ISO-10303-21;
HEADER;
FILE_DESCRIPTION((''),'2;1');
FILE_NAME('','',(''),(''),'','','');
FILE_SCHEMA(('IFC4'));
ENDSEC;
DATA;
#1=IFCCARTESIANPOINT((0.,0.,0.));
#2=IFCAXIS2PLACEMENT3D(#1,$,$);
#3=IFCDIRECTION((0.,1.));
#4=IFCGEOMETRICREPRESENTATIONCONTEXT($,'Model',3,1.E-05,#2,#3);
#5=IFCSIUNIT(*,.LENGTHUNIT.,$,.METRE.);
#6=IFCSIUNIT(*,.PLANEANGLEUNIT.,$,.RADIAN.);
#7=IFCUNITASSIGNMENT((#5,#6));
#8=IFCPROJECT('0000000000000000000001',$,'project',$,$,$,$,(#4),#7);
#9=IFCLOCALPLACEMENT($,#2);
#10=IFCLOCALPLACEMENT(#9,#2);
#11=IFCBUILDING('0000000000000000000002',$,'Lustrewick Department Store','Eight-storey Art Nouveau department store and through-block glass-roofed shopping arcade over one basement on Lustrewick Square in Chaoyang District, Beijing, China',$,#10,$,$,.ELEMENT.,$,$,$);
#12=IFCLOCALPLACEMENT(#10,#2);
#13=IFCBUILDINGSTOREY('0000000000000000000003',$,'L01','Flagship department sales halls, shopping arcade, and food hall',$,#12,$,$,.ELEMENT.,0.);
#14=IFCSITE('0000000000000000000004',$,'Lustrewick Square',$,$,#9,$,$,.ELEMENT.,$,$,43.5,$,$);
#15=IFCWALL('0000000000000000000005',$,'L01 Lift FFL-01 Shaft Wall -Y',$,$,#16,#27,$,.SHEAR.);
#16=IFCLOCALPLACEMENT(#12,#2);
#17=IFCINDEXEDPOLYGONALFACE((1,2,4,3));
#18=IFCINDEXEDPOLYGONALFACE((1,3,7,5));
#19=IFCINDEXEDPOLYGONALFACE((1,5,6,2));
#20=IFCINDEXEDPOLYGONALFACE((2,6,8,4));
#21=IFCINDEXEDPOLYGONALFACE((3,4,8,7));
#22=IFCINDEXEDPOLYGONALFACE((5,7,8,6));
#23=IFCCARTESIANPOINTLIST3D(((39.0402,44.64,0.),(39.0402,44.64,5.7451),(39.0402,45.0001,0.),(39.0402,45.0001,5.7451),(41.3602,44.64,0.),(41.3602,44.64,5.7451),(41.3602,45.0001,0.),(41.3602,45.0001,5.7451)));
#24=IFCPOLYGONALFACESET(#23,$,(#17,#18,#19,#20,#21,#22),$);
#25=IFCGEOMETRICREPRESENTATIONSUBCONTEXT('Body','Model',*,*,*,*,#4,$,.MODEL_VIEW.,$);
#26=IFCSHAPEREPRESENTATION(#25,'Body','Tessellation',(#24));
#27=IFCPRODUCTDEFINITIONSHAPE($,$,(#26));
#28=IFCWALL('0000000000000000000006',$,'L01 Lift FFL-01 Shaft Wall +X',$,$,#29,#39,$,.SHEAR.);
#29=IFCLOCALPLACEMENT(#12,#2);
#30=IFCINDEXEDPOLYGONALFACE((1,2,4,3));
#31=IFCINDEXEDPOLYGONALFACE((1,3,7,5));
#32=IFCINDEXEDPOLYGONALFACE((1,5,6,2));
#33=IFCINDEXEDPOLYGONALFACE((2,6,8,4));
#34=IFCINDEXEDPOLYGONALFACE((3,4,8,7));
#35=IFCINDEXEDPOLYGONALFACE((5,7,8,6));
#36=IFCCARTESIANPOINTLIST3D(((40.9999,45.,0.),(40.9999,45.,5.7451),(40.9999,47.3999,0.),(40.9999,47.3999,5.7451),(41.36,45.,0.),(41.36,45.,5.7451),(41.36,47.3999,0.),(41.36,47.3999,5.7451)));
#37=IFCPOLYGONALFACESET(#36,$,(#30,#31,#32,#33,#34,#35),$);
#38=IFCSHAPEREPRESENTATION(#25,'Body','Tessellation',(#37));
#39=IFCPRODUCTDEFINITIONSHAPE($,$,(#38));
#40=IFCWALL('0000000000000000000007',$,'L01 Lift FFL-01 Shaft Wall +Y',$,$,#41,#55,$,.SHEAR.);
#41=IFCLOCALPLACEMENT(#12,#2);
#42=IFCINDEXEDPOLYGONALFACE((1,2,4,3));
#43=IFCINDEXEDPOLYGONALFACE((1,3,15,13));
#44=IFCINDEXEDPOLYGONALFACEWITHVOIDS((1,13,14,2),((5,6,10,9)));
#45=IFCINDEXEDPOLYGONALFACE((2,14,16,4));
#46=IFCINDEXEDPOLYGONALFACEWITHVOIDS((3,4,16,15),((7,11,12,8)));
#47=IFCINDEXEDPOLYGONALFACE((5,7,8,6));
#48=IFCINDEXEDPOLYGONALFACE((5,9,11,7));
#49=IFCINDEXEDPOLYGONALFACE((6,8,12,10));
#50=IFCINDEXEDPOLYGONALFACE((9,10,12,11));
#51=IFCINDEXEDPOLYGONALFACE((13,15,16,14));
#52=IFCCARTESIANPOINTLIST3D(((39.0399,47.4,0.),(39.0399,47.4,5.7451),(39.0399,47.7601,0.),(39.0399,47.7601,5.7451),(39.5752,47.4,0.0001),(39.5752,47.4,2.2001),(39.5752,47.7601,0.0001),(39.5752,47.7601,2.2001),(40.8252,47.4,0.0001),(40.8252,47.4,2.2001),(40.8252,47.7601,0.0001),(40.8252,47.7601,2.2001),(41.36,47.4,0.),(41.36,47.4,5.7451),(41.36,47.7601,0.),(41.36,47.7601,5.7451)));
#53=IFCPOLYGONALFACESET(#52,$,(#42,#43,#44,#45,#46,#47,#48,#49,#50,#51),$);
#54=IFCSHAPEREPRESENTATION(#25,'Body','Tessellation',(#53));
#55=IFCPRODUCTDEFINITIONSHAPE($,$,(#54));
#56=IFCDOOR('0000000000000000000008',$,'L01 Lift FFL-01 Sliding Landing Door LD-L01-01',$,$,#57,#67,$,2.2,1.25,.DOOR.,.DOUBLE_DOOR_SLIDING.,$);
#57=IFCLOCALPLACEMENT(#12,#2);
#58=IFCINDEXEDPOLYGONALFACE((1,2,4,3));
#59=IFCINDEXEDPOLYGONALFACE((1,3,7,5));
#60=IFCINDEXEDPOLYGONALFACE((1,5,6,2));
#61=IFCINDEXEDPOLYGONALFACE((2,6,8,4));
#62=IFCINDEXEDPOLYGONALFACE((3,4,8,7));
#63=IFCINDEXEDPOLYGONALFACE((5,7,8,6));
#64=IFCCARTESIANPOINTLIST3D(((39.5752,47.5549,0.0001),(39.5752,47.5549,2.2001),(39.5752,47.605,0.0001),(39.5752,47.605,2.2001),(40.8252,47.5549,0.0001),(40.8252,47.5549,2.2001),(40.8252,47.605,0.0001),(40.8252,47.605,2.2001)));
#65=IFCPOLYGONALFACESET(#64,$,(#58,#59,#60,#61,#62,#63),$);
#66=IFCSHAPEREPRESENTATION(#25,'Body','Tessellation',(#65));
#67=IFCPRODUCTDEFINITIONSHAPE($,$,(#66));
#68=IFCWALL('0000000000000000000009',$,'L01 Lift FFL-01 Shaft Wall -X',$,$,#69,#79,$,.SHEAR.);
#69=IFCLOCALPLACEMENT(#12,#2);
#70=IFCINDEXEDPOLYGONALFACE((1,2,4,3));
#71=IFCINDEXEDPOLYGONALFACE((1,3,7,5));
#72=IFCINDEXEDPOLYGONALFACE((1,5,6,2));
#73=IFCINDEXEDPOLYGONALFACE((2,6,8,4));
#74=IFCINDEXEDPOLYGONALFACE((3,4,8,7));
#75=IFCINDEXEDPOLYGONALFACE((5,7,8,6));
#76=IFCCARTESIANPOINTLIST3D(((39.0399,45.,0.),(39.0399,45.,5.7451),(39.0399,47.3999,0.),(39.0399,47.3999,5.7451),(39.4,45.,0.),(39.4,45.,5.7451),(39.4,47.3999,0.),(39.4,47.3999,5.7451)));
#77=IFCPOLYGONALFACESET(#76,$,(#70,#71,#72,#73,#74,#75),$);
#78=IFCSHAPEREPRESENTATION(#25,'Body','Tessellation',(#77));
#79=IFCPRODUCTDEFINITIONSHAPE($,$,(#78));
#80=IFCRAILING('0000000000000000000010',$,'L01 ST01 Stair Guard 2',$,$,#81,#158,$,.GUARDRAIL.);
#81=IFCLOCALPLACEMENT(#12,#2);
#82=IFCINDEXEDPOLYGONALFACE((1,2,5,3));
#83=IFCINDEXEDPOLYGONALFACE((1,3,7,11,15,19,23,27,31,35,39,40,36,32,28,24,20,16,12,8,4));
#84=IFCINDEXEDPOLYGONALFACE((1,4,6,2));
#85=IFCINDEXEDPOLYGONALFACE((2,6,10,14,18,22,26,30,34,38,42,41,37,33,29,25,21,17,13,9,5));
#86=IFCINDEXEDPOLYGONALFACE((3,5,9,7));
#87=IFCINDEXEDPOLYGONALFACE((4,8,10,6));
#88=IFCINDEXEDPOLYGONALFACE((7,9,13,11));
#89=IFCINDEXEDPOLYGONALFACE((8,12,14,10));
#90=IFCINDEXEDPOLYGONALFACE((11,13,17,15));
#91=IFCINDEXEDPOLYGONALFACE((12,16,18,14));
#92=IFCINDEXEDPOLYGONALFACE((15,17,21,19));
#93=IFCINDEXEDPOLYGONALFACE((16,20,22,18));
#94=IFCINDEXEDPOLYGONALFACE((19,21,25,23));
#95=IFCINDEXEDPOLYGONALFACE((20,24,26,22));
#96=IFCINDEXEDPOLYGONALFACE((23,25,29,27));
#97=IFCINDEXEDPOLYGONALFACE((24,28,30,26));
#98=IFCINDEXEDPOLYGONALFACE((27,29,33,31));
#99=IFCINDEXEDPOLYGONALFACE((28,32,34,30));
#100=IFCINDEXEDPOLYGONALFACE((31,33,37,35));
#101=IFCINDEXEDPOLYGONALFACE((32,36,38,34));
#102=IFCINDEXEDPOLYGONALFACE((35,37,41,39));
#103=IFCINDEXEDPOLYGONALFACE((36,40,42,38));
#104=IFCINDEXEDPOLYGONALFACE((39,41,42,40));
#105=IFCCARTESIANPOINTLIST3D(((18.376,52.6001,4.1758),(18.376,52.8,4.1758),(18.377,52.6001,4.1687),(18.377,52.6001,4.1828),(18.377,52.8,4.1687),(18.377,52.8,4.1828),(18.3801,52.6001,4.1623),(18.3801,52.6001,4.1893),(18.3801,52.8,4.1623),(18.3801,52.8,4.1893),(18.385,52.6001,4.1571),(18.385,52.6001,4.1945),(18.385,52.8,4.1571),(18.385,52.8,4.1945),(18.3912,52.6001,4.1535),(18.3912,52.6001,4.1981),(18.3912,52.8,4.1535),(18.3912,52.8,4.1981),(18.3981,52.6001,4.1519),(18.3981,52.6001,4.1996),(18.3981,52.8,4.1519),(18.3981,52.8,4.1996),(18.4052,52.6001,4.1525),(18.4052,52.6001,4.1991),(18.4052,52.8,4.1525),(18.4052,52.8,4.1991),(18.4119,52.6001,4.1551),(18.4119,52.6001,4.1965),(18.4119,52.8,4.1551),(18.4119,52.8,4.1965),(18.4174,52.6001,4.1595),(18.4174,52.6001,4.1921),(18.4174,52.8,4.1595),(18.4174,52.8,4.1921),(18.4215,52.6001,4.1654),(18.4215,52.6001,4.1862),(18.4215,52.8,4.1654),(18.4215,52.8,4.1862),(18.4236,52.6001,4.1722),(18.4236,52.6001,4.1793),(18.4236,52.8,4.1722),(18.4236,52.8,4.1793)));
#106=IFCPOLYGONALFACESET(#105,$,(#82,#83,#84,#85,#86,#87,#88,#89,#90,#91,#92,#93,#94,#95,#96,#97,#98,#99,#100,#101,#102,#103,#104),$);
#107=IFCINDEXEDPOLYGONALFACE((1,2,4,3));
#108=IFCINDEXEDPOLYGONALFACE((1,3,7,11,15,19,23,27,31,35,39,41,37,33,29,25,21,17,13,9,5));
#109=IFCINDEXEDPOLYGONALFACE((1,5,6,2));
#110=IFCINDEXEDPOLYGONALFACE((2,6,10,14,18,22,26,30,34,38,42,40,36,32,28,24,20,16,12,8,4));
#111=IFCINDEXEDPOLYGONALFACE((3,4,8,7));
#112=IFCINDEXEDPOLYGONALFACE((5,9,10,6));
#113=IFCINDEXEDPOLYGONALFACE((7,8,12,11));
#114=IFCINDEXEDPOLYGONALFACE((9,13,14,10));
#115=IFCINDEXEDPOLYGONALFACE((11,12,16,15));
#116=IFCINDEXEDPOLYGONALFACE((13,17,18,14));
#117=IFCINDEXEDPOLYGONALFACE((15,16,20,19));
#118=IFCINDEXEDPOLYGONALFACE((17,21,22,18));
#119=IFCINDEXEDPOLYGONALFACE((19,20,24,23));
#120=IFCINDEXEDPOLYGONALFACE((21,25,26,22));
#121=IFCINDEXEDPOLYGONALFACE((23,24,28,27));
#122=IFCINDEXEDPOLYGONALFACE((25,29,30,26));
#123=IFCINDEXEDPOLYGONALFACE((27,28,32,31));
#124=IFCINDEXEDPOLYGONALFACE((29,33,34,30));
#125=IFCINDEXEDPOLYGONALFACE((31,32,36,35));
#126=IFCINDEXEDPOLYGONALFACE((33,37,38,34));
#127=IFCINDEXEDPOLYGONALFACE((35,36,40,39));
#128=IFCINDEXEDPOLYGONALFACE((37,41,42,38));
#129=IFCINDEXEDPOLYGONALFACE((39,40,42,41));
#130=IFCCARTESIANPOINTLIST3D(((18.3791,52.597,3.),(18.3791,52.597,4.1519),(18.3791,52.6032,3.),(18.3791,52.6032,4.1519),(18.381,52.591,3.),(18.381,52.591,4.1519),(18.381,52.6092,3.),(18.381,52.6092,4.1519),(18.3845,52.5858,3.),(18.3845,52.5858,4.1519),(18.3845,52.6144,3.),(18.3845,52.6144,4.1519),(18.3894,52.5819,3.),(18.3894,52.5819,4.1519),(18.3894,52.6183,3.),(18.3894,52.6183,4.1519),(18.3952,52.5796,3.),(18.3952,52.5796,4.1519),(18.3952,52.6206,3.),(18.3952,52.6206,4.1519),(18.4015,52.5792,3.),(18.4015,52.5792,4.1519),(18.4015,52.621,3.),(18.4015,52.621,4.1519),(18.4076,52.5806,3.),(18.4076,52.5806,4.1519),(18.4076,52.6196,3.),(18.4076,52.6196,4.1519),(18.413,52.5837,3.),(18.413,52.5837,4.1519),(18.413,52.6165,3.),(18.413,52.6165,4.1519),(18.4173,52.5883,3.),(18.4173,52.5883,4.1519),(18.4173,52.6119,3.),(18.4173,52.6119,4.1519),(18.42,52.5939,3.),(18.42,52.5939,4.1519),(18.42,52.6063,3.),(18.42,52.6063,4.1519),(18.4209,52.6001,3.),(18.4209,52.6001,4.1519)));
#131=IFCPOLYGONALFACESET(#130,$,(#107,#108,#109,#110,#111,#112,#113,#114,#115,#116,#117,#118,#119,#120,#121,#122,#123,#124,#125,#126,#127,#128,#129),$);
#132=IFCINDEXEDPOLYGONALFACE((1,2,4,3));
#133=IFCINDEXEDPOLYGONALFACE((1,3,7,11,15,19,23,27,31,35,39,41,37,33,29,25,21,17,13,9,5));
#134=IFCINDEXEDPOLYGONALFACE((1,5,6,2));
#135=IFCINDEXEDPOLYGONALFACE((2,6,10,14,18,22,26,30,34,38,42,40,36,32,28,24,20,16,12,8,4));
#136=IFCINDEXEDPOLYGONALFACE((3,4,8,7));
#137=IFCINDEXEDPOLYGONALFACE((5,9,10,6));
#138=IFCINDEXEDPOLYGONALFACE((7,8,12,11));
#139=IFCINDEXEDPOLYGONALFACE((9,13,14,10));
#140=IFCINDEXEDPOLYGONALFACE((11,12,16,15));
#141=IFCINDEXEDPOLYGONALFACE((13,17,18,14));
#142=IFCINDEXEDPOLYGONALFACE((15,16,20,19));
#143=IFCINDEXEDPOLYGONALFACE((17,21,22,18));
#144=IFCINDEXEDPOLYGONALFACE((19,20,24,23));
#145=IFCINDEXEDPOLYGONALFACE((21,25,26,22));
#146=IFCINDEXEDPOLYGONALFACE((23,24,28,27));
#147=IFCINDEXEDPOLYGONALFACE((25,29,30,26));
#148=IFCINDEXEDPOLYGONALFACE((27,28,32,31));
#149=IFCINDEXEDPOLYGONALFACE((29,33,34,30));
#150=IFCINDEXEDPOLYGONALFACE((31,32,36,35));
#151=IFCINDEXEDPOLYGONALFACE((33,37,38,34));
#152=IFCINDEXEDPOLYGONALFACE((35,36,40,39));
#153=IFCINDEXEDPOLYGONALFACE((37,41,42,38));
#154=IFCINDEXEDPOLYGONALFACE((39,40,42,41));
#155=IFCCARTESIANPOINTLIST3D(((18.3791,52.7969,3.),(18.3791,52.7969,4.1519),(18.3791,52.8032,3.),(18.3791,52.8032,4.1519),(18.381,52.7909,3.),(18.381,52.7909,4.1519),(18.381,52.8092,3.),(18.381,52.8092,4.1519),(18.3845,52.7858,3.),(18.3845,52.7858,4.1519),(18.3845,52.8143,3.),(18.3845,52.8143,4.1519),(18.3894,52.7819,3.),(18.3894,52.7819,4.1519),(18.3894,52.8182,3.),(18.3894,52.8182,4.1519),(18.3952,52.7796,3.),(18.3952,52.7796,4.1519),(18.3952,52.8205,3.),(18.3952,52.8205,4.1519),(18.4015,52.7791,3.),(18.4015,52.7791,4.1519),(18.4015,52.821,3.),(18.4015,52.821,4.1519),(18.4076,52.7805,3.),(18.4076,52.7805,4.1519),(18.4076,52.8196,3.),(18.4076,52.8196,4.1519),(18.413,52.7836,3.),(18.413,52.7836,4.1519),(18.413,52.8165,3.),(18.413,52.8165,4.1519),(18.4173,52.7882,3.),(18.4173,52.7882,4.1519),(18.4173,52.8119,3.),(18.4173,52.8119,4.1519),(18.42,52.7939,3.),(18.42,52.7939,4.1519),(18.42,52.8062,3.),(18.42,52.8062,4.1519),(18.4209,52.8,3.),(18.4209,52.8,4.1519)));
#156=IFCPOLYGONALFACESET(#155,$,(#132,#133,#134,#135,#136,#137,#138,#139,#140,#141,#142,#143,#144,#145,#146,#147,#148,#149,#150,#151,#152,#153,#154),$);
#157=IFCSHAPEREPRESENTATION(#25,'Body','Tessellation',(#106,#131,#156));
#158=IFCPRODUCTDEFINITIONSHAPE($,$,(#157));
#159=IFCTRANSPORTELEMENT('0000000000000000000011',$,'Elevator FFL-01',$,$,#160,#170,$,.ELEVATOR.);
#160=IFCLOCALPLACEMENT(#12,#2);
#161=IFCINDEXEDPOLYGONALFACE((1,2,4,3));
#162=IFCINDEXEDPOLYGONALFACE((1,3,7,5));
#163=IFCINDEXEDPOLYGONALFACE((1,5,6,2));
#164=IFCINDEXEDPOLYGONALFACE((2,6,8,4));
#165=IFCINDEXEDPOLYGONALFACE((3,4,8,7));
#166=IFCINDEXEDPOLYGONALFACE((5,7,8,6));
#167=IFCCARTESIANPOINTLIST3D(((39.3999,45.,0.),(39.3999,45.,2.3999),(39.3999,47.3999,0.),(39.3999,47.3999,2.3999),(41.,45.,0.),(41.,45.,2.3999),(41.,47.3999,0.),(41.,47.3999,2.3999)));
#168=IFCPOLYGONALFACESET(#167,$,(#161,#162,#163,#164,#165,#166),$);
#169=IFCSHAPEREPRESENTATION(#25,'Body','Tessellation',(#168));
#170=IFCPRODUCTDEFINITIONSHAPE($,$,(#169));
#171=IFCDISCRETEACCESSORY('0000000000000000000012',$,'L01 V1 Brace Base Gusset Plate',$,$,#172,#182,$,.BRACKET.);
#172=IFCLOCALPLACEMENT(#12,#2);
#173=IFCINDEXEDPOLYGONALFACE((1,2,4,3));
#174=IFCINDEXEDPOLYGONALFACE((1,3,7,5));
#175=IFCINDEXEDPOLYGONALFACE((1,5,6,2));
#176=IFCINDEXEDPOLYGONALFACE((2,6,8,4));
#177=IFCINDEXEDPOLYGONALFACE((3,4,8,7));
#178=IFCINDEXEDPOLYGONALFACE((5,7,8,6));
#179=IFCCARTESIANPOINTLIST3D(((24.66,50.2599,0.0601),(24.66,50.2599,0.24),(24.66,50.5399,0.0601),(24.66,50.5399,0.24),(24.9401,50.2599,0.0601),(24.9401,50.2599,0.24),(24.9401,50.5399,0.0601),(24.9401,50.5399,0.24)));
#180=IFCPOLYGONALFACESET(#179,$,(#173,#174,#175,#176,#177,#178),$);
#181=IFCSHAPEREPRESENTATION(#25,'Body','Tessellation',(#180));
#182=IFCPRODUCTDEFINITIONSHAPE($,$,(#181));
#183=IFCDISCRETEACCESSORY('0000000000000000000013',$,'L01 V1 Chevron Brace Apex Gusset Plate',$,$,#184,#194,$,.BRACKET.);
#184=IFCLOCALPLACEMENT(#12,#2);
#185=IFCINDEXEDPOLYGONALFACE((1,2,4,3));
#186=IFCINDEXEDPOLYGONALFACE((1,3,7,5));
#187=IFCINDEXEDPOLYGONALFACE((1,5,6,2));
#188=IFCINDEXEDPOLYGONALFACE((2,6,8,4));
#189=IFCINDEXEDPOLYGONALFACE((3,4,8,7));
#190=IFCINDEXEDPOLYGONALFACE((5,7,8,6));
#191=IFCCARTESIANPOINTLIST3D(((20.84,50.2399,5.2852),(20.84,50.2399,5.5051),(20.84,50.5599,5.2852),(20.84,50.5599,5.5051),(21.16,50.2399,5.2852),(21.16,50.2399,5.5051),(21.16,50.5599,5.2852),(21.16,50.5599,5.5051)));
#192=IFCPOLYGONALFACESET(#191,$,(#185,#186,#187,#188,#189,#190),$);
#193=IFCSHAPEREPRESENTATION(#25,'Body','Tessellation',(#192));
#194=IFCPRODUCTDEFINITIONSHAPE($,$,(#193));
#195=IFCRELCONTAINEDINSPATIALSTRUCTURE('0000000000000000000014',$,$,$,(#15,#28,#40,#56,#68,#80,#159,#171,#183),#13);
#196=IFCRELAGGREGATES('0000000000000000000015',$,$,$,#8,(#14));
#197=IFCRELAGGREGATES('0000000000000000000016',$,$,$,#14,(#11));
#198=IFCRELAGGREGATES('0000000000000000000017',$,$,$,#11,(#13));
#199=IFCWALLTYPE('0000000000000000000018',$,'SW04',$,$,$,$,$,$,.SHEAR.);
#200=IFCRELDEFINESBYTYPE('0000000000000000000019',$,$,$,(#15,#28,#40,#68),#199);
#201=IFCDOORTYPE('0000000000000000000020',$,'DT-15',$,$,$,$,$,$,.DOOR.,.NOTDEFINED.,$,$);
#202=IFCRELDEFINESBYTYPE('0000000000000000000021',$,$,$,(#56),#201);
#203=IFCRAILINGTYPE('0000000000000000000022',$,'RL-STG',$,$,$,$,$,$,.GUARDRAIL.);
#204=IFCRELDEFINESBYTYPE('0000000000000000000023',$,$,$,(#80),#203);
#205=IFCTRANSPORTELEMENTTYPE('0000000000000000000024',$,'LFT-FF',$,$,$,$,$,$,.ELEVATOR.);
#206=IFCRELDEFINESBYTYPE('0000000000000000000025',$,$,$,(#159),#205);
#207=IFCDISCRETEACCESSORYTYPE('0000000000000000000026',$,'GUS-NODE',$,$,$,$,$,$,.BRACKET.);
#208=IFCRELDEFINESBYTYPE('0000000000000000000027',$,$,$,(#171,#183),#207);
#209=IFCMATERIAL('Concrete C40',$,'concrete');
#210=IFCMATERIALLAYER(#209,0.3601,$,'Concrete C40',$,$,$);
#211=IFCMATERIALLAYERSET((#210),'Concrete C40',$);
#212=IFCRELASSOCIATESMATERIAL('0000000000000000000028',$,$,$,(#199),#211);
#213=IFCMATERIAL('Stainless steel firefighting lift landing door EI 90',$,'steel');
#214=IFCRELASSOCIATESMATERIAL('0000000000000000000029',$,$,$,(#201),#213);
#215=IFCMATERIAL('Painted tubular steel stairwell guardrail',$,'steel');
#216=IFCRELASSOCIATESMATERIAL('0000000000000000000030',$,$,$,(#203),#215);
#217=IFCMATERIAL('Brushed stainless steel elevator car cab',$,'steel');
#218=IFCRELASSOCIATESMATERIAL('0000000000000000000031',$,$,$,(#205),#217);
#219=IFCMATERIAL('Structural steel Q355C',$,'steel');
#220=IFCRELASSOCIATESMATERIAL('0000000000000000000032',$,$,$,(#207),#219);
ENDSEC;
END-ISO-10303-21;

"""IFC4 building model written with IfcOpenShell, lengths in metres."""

from ifc_helpers import new_model, si_unit, direction, frame, frame_2d, origin, origin_2d, place, context, subcontext, project, spatial, rectangle, circle, extrude, material, layer, layer_set, type_object, element, fill, save


model = new_model("IFC4")

# Units and contexts
model_context = context("Model", 3, precision=1e-05, world=origin(), true_north=direction((0.0, 1.0)))
body_context = subcontext(model_context, "Body", "Model", "MODEL_VIEW")
ifc_project = project(units=[si_unit("LENGTHUNIT", "METRE"), si_unit("PLANEANGLEUNIT", "RADIAN")], contexts=[model_context])

# Site, building, storey
site_placement = place(None, origin())
site = spatial("IfcSite", under=ifc_project, at=site_placement, Name="Lustrewick Square", CompositionType="ELEMENT", RefElevation=43.5)
building_placement = place(site_placement, origin())
building = spatial("IfcBuilding", under=site, at=building_placement, Name="Lustrewick Department Store", Description="Eight-storey Art Nouveau department store and through-block glass-roofed shopping arcade over one basement on Lustrewick Square in Chaoyang District, Beijing, China", CompositionType="ELEMENT")
storey_placement = place(building_placement, origin())
storey = spatial("IfcBuildingStorey", under=building, at=storey_placement, Name="L01", Description="Flagship department sales halls, shopping arcade, and food hall", CompositionType="ELEMENT", Elevation=0.0)

# Shared definitions
ifc_material_1 = material(Name="Structural steel Q355C", Category="steel")
ifc_material_2 = material(Name="Concrete C40", Category="concrete")

# Walls
ifc_layer_1 = layer(ifc_material_2, 0.3601, Name="Concrete C40")
ifc_layer_set_1 = layer_set([ifc_layer_1], Name="Concrete C40")
wall_type_1 = type_object("IfcWallType", Name="SW04", PredefinedType="SHEAR", material=ifc_layer_set_1)
wall_1_placement = place(storey_placement, frame((39.04, 44.8201, 0.0), z_axis=(0.0, 0.0, 1.0), x_axis=(1.0, 0.0, 0.0)))
element("IfcWall", 1, at=wall_1_placement, inside=storey, type_object=wall_type_1, Name="L01 Lift FFL-01 Shaft Wall -Y", PredefinedType="SHEAR", context=body_context, shape_type="SweptSolid", body=[
    extrude(rectangle(XDim=2.3201, YDim=0.3601, at=frame_2d((1.1602, 0.0))), origin(), (0.0, 0.0, 1.0), 5.7451),
])
wall_2_placement = place(storey_placement, frame((41.1799, 45.0, 0.0), z_axis=(0.0, 0.0, 1.0), x_axis=(0.0, 1.0, 0.0)))
element("IfcWall", 2, at=wall_2_placement, inside=storey, type_object=wall_type_1, Name="L01 Lift FFL-01 Shaft Wall +X", PredefinedType="SHEAR", context=body_context, shape_type="SweptSolid", body=[
    extrude(rectangle(XDim=2.3999, YDim=0.3601, at=frame_2d((1.2, 0.0))), origin(), (0.0, 0.0, 1.0), 5.7451),
])

# Wall, opening, door
wall_3_placement = place(storey_placement, frame((41.3601, 47.5801, 0.0), z_axis=(0.0, 0.0, 1.0), x_axis=(-1.0, 0.0, 0.0)))
wall_3 = element("IfcWall", 3, at=wall_3_placement, inside=storey, type_object=wall_type_1, Name="L01 Lift FFL-01 Shaft Wall +Y", PredefinedType="SHEAR", context=body_context, shape_type="SweptSolid", body=[
    extrude(rectangle(XDim=2.3201, YDim=0.3601, at=frame_2d((1.1602, 0.0))), origin(), (0.0, 0.0, 1.0), 5.7451),
])
opening_1_placement = place(wall_3_placement, frame((0.5349, 0.0, 0.0)))
opening_1 = element("IfcOpeningElement", 4, at=opening_1_placement, cuts=wall_3, PredefinedType="OPENING", context=body_context, shape_type="SweptSolid", body=[
    extrude(rectangle(XDim=1.25, YDim=2.2, at=frame_2d((0.625, 1.1001))), frame((0.0, 0.1899, 0.0), z_axis=(0.0, -1.0, 0.0), x_axis=(1.0, 0.0, 0.0)), (0.0, 0.0, 1.0), 0.3801),
])
ifc_material_3 = material(Name="Stainless steel firefighting lift landing door EI 90", Category="steel")
door_type_1 = type_object("IfcDoorType", Name="DT-15", OperationType="NOTDEFINED", PredefinedType="DOOR", material=ifc_material_3)
door_1_placement = place(opening_1_placement, frame((1.25, 0.0, 0.0), z_axis=(0.0, 0.0, 1.0), x_axis=(-1.0, 0.0, 0.0)))
door_1 = element("IfcDoor", 5, at=door_1_placement, inside=storey, type_object=door_type_1, Name="L01 Lift FFL-01 Sliding Landing Door LD-L01-01", OperationType="DOUBLE_DOOR_SLIDING", OverallHeight=2.2, OverallWidth=1.25, PredefinedType="DOOR", context=body_context, shape_type="SweptSolid", body=[
    extrude(rectangle(XDim=1.25, YDim=2.2, at=frame_2d((0.625, 1.1001))), frame((0.0, 0.0249, 0.0), z_axis=(0.0, -1.0, 0.0), x_axis=(1.0, 0.0, 0.0)), (0.0, 0.0, 1.0), 0.05),
])
fill(opening_1, door_1)

# Wall
wall_4_placement = place(storey_placement, frame((39.22, 47.3999, 0.0), z_axis=(0.0, 0.0, 1.0), x_axis=(0.0, -1.0, 0.0)))
element("IfcWall", 6, at=wall_4_placement, inside=storey, type_object=wall_type_1, Name="L01 Lift FFL-01 Shaft Wall -X", PredefinedType="SHEAR", context=body_context, shape_type="SweptSolid", body=[
    extrude(rectangle(XDim=2.3999, YDim=0.3601, at=frame_2d((1.2, 0.0))), origin(), (0.0, 0.0, 1.0), 5.7451),
])

# Railing
ifc_material_4 = material(Name="Painted tubular steel stairwell guardrail", Category="steel")
railing_type_1 = type_object("IfcRailingType", Name="RL-STG", PredefinedType="GUARDRAIL", material=ifc_material_4)
railing_1_placement = place(storey_placement, frame((18.3999, 52.6001, 3.0)))
element("IfcRailing", 7, at=railing_1_placement, inside=storey, type_object=railing_type_1, Name="L01 ST01 Stair Guard 2", PredefinedType="GUARDRAIL", context=body_context, shape_type="SweptSolid", body=[
    extrude(circle(Radius=0.0239, at=origin_2d()), frame((0.0, 0.0, 1.1758), z_axis=(0.0, 1.0, 0.0), x_axis=(-1.0, 0.0, 0.0)), (0.0, 0.0, 1.0), 0.2),
    extrude(circle(Radius=0.021, at=origin_2d()), origin(), (0.0, 0.0, 1.0), 1.1519),
    extrude(circle(Radius=0.021, at=origin_2d()), frame((0.0, 0.2, 0.0)), (0.0, 0.0, 1.0), 1.1519),
])

# Transport element
ifc_material_5 = material(Name="Brushed stainless steel elevator car cab", Category="steel")
transport_element_type = type_object("IfcTransportElementType", Name="LFT-FF", PredefinedType="ELEVATOR", material=ifc_material_5)
transport_element_placement = place(storey_placement, frame((40.2, 46.2, 0.0), z_axis=(0.0, 0.0, 1.0), x_axis=(1.0, 0.0, 0.0)))
element("IfcTransportElement", 8, at=transport_element_placement, inside=storey, type_object=transport_element_type, Name="Elevator FFL-01", PredefinedType="ELEVATOR", context=body_context, shape_type="SweptSolid", body=[
    extrude(rectangle(XDim=1.6001, YDim=2.3999, at=origin_2d()), origin(), (0.0, 0.0, 1.0), 2.3999),
])

# Discrete accessories
discrete_accessory_type = type_object("IfcDiscreteAccessoryType", Name="GUS-NODE", PredefinedType="BRACKET", material=ifc_material_1)
discrete_accessory_1_placement = place(storey_placement, frame((24.8, 50.3999, 0.0601), z_axis=(0.0, 0.0, 1.0), x_axis=(1.0, 0.0, 0.0)))
element("IfcDiscreteAccessory", 9, at=discrete_accessory_1_placement, inside=storey, type_object=discrete_accessory_type, Name="L01 V1 Brace Base Gusset Plate", PredefinedType="BRACKET", context=body_context, shape_type="SweptSolid", body=[
    extrude(rectangle(XDim=0.28, YDim=0.28, at=origin_2d()), origin(), (0.0, 0.0, 1.0), 0.1799),
])
discrete_accessory_2_placement = place(storey_placement, frame((21.0, 50.3999, 5.2852), z_axis=(0.0, 0.0, 1.0), x_axis=(1.0, 0.0, 0.0)))
element("IfcDiscreteAccessory", 10, at=discrete_accessory_2_placement, inside=storey, type_object=discrete_accessory_type, Name="L01 V1 Chevron Brace Apex Gusset Plate", PredefinedType="BRACKET", context=body_context, shape_type="SweptSolid", body=[
    extrude(rectangle(XDim=0.3201, YDim=0.3201, at=origin_2d()), origin(), (0.0, 0.0, 1.0), 0.22),
])

save(model, "model.ifc")
